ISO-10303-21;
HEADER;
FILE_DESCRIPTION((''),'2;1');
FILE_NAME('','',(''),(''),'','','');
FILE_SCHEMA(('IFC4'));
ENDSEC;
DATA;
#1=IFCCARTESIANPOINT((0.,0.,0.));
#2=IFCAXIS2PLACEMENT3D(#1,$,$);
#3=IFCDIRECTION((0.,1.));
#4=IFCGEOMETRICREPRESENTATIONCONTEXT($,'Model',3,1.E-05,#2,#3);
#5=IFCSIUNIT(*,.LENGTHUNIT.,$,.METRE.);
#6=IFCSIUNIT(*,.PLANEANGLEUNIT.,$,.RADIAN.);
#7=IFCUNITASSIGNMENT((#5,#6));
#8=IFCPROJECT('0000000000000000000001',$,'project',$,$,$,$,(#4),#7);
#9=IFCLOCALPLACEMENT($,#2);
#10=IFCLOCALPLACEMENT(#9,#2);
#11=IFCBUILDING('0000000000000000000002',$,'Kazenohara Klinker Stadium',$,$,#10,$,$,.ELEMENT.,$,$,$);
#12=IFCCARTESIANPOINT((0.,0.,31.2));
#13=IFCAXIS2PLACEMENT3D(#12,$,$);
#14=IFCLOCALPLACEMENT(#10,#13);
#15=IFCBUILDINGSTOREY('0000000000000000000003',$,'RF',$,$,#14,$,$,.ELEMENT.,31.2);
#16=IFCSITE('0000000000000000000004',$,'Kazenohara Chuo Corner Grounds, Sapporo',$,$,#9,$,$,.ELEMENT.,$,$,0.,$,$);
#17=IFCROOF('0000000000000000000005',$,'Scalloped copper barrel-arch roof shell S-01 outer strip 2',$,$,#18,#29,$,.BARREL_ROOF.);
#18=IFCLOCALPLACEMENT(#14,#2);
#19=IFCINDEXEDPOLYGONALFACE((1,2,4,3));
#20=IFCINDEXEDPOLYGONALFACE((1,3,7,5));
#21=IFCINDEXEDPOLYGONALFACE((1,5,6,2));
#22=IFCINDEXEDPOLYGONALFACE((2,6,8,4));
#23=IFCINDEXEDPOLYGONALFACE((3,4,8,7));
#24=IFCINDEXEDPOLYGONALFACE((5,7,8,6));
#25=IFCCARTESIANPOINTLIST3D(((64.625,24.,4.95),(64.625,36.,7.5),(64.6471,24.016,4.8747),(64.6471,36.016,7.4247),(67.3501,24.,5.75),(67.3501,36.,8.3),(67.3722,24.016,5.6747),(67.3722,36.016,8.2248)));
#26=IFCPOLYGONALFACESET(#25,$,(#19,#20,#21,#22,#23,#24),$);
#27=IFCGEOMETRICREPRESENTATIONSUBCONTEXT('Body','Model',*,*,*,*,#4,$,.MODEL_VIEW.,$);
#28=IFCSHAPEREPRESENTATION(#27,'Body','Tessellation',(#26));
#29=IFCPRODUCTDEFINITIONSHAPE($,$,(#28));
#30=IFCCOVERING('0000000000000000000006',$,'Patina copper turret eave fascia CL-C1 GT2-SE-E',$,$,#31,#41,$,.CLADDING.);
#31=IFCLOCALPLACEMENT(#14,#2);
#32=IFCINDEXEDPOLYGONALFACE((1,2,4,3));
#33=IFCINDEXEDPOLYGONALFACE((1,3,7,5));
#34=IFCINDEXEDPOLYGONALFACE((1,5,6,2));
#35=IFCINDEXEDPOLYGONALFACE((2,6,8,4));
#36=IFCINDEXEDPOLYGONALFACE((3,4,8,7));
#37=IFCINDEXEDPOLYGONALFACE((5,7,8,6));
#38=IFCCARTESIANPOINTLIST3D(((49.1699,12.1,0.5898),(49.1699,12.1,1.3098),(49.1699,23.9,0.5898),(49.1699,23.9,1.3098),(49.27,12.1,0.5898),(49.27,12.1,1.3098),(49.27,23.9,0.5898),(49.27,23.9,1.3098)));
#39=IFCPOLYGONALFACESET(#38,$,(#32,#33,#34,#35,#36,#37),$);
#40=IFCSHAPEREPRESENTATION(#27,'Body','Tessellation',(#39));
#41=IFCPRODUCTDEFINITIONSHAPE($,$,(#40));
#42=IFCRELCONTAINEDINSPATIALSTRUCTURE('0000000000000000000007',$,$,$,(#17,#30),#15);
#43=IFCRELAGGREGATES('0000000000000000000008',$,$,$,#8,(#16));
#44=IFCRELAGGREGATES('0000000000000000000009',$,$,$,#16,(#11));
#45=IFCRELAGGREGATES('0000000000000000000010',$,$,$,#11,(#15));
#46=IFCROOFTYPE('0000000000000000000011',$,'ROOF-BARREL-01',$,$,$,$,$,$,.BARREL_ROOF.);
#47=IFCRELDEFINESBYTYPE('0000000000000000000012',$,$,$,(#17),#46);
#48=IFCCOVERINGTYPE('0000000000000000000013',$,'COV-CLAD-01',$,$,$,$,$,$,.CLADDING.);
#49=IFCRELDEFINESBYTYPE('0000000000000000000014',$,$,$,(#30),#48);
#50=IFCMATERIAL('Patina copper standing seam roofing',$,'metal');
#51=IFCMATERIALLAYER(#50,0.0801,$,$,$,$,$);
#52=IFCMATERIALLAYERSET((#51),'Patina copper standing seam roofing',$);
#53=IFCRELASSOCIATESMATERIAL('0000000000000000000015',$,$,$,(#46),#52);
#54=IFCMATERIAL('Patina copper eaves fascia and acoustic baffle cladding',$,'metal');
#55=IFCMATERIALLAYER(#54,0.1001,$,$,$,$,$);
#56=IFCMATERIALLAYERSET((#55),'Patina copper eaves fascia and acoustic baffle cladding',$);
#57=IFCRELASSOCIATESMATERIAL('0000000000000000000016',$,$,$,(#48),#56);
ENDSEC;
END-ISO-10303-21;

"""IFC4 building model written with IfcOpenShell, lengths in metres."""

from ifc_helpers import new_model, si_unit, direction, frame, origin, origin_2d, place, context, subcontext, project, spatial, polyline, rectangle, outline, extrude, material, layer, layer_set, type_object, element, save


model = new_model("IFC4")

# Units and contexts
model_context = context("Model", 3, precision=1e-05, world=origin(), true_north=direction((0.0, 1.0)))
body_context = subcontext(model_context, "Body", "Model", "MODEL_VIEW")
ifc_project = project(units=[si_unit("LENGTHUNIT", "METRE"), si_unit("PLANEANGLEUNIT", "RADIAN")], contexts=[model_context])

# Site, building, storey
site_placement = place(None, origin())
site = spatial("IfcSite", under=ifc_project, at=site_placement, Name="Kazenohara Chuo Corner Grounds, Sapporo", CompositionType="ELEMENT", RefElevation=0.0)
building_placement = place(site_placement, origin())
building = spatial("IfcBuilding", under=site, at=building_placement, Name="Kazenohara Klinker Stadium", CompositionType="ELEMENT")
storey_placement = place(building_placement, frame((0.0, 0.0, 31.2)))
storey = spatial("IfcBuildingStorey", under=building, at=storey_placement, Name="RF", CompositionType="ELEMENT", Elevation=31.2)

# Roof
ifc_material_1 = material(Name="Patina copper standing seam roofing", Category="metal")
ifc_layer_1 = layer(ifc_material_1, 0.0801)
ifc_layer_set_1 = layer_set([ifc_layer_1], Name="Patina copper standing seam roofing")
roof_type = type_object("IfcRoofType", Name="ROOF-BARREL-01", PredefinedType="BARREL_ROOF", material=ifc_layer_set_1)
roof_1_placement = place(storey_placement, frame((64.625, 24.0, 4.95), z_axis=(-0.276017, -0.199788, 0.940159), x_axis=(0.0, 0.978158, 0.207863)))
element("IfcRoof", 1, at=roof_1_placement, inside=storey, type_object=roof_type, Name="Scalloped copper barrel-arch roof shell S-01 outer strip 2", PredefinedType="BARREL_ROOF", context=body_context, shape_type="SweptSolid", body=[
    extrude(outline(polyline([(0.0, 0.0), (12.268, 0.0), (12.4343, -2.8352), (0.1663, -2.8352), (0.0, 0.0)])), origin(), (0.0, 0.0, -1.0), 0.0801),
])

# Covering
ifc_material_2 = material(Name="Patina copper eaves fascia and acoustic baffle cladding", Category="metal")
ifc_layer_2 = layer(ifc_material_2, 0.1001)
ifc_layer_set_2 = layer_set([ifc_layer_2], Name="Patina copper eaves fascia and acoustic baffle cladding")
covering_type = type_object("IfcCoveringType", Name="COV-CLAD-01", PredefinedType="CLADDING", material=ifc_layer_set_2)
covering_placement = place(storey_placement, frame((49.22, 18.0, 0.5898), z_axis=(0.0, 0.0, 1.0), x_axis=(1.0, 0.0, 0.0)))
element("IfcCovering", 2, at=covering_placement, inside=storey, type_object=covering_type, Name="Patina copper turret eave fascia CL-C1 GT2-SE-E", PredefinedType="CLADDING", context=body_context, shape_type="SweptSolid", body=[
    extrude(rectangle(XDim=0.1001, YDim=11.8, at=origin_2d()), origin(), (0.0, 0.0, 1.0), 0.72),
])

save(model, "model.ifc")
